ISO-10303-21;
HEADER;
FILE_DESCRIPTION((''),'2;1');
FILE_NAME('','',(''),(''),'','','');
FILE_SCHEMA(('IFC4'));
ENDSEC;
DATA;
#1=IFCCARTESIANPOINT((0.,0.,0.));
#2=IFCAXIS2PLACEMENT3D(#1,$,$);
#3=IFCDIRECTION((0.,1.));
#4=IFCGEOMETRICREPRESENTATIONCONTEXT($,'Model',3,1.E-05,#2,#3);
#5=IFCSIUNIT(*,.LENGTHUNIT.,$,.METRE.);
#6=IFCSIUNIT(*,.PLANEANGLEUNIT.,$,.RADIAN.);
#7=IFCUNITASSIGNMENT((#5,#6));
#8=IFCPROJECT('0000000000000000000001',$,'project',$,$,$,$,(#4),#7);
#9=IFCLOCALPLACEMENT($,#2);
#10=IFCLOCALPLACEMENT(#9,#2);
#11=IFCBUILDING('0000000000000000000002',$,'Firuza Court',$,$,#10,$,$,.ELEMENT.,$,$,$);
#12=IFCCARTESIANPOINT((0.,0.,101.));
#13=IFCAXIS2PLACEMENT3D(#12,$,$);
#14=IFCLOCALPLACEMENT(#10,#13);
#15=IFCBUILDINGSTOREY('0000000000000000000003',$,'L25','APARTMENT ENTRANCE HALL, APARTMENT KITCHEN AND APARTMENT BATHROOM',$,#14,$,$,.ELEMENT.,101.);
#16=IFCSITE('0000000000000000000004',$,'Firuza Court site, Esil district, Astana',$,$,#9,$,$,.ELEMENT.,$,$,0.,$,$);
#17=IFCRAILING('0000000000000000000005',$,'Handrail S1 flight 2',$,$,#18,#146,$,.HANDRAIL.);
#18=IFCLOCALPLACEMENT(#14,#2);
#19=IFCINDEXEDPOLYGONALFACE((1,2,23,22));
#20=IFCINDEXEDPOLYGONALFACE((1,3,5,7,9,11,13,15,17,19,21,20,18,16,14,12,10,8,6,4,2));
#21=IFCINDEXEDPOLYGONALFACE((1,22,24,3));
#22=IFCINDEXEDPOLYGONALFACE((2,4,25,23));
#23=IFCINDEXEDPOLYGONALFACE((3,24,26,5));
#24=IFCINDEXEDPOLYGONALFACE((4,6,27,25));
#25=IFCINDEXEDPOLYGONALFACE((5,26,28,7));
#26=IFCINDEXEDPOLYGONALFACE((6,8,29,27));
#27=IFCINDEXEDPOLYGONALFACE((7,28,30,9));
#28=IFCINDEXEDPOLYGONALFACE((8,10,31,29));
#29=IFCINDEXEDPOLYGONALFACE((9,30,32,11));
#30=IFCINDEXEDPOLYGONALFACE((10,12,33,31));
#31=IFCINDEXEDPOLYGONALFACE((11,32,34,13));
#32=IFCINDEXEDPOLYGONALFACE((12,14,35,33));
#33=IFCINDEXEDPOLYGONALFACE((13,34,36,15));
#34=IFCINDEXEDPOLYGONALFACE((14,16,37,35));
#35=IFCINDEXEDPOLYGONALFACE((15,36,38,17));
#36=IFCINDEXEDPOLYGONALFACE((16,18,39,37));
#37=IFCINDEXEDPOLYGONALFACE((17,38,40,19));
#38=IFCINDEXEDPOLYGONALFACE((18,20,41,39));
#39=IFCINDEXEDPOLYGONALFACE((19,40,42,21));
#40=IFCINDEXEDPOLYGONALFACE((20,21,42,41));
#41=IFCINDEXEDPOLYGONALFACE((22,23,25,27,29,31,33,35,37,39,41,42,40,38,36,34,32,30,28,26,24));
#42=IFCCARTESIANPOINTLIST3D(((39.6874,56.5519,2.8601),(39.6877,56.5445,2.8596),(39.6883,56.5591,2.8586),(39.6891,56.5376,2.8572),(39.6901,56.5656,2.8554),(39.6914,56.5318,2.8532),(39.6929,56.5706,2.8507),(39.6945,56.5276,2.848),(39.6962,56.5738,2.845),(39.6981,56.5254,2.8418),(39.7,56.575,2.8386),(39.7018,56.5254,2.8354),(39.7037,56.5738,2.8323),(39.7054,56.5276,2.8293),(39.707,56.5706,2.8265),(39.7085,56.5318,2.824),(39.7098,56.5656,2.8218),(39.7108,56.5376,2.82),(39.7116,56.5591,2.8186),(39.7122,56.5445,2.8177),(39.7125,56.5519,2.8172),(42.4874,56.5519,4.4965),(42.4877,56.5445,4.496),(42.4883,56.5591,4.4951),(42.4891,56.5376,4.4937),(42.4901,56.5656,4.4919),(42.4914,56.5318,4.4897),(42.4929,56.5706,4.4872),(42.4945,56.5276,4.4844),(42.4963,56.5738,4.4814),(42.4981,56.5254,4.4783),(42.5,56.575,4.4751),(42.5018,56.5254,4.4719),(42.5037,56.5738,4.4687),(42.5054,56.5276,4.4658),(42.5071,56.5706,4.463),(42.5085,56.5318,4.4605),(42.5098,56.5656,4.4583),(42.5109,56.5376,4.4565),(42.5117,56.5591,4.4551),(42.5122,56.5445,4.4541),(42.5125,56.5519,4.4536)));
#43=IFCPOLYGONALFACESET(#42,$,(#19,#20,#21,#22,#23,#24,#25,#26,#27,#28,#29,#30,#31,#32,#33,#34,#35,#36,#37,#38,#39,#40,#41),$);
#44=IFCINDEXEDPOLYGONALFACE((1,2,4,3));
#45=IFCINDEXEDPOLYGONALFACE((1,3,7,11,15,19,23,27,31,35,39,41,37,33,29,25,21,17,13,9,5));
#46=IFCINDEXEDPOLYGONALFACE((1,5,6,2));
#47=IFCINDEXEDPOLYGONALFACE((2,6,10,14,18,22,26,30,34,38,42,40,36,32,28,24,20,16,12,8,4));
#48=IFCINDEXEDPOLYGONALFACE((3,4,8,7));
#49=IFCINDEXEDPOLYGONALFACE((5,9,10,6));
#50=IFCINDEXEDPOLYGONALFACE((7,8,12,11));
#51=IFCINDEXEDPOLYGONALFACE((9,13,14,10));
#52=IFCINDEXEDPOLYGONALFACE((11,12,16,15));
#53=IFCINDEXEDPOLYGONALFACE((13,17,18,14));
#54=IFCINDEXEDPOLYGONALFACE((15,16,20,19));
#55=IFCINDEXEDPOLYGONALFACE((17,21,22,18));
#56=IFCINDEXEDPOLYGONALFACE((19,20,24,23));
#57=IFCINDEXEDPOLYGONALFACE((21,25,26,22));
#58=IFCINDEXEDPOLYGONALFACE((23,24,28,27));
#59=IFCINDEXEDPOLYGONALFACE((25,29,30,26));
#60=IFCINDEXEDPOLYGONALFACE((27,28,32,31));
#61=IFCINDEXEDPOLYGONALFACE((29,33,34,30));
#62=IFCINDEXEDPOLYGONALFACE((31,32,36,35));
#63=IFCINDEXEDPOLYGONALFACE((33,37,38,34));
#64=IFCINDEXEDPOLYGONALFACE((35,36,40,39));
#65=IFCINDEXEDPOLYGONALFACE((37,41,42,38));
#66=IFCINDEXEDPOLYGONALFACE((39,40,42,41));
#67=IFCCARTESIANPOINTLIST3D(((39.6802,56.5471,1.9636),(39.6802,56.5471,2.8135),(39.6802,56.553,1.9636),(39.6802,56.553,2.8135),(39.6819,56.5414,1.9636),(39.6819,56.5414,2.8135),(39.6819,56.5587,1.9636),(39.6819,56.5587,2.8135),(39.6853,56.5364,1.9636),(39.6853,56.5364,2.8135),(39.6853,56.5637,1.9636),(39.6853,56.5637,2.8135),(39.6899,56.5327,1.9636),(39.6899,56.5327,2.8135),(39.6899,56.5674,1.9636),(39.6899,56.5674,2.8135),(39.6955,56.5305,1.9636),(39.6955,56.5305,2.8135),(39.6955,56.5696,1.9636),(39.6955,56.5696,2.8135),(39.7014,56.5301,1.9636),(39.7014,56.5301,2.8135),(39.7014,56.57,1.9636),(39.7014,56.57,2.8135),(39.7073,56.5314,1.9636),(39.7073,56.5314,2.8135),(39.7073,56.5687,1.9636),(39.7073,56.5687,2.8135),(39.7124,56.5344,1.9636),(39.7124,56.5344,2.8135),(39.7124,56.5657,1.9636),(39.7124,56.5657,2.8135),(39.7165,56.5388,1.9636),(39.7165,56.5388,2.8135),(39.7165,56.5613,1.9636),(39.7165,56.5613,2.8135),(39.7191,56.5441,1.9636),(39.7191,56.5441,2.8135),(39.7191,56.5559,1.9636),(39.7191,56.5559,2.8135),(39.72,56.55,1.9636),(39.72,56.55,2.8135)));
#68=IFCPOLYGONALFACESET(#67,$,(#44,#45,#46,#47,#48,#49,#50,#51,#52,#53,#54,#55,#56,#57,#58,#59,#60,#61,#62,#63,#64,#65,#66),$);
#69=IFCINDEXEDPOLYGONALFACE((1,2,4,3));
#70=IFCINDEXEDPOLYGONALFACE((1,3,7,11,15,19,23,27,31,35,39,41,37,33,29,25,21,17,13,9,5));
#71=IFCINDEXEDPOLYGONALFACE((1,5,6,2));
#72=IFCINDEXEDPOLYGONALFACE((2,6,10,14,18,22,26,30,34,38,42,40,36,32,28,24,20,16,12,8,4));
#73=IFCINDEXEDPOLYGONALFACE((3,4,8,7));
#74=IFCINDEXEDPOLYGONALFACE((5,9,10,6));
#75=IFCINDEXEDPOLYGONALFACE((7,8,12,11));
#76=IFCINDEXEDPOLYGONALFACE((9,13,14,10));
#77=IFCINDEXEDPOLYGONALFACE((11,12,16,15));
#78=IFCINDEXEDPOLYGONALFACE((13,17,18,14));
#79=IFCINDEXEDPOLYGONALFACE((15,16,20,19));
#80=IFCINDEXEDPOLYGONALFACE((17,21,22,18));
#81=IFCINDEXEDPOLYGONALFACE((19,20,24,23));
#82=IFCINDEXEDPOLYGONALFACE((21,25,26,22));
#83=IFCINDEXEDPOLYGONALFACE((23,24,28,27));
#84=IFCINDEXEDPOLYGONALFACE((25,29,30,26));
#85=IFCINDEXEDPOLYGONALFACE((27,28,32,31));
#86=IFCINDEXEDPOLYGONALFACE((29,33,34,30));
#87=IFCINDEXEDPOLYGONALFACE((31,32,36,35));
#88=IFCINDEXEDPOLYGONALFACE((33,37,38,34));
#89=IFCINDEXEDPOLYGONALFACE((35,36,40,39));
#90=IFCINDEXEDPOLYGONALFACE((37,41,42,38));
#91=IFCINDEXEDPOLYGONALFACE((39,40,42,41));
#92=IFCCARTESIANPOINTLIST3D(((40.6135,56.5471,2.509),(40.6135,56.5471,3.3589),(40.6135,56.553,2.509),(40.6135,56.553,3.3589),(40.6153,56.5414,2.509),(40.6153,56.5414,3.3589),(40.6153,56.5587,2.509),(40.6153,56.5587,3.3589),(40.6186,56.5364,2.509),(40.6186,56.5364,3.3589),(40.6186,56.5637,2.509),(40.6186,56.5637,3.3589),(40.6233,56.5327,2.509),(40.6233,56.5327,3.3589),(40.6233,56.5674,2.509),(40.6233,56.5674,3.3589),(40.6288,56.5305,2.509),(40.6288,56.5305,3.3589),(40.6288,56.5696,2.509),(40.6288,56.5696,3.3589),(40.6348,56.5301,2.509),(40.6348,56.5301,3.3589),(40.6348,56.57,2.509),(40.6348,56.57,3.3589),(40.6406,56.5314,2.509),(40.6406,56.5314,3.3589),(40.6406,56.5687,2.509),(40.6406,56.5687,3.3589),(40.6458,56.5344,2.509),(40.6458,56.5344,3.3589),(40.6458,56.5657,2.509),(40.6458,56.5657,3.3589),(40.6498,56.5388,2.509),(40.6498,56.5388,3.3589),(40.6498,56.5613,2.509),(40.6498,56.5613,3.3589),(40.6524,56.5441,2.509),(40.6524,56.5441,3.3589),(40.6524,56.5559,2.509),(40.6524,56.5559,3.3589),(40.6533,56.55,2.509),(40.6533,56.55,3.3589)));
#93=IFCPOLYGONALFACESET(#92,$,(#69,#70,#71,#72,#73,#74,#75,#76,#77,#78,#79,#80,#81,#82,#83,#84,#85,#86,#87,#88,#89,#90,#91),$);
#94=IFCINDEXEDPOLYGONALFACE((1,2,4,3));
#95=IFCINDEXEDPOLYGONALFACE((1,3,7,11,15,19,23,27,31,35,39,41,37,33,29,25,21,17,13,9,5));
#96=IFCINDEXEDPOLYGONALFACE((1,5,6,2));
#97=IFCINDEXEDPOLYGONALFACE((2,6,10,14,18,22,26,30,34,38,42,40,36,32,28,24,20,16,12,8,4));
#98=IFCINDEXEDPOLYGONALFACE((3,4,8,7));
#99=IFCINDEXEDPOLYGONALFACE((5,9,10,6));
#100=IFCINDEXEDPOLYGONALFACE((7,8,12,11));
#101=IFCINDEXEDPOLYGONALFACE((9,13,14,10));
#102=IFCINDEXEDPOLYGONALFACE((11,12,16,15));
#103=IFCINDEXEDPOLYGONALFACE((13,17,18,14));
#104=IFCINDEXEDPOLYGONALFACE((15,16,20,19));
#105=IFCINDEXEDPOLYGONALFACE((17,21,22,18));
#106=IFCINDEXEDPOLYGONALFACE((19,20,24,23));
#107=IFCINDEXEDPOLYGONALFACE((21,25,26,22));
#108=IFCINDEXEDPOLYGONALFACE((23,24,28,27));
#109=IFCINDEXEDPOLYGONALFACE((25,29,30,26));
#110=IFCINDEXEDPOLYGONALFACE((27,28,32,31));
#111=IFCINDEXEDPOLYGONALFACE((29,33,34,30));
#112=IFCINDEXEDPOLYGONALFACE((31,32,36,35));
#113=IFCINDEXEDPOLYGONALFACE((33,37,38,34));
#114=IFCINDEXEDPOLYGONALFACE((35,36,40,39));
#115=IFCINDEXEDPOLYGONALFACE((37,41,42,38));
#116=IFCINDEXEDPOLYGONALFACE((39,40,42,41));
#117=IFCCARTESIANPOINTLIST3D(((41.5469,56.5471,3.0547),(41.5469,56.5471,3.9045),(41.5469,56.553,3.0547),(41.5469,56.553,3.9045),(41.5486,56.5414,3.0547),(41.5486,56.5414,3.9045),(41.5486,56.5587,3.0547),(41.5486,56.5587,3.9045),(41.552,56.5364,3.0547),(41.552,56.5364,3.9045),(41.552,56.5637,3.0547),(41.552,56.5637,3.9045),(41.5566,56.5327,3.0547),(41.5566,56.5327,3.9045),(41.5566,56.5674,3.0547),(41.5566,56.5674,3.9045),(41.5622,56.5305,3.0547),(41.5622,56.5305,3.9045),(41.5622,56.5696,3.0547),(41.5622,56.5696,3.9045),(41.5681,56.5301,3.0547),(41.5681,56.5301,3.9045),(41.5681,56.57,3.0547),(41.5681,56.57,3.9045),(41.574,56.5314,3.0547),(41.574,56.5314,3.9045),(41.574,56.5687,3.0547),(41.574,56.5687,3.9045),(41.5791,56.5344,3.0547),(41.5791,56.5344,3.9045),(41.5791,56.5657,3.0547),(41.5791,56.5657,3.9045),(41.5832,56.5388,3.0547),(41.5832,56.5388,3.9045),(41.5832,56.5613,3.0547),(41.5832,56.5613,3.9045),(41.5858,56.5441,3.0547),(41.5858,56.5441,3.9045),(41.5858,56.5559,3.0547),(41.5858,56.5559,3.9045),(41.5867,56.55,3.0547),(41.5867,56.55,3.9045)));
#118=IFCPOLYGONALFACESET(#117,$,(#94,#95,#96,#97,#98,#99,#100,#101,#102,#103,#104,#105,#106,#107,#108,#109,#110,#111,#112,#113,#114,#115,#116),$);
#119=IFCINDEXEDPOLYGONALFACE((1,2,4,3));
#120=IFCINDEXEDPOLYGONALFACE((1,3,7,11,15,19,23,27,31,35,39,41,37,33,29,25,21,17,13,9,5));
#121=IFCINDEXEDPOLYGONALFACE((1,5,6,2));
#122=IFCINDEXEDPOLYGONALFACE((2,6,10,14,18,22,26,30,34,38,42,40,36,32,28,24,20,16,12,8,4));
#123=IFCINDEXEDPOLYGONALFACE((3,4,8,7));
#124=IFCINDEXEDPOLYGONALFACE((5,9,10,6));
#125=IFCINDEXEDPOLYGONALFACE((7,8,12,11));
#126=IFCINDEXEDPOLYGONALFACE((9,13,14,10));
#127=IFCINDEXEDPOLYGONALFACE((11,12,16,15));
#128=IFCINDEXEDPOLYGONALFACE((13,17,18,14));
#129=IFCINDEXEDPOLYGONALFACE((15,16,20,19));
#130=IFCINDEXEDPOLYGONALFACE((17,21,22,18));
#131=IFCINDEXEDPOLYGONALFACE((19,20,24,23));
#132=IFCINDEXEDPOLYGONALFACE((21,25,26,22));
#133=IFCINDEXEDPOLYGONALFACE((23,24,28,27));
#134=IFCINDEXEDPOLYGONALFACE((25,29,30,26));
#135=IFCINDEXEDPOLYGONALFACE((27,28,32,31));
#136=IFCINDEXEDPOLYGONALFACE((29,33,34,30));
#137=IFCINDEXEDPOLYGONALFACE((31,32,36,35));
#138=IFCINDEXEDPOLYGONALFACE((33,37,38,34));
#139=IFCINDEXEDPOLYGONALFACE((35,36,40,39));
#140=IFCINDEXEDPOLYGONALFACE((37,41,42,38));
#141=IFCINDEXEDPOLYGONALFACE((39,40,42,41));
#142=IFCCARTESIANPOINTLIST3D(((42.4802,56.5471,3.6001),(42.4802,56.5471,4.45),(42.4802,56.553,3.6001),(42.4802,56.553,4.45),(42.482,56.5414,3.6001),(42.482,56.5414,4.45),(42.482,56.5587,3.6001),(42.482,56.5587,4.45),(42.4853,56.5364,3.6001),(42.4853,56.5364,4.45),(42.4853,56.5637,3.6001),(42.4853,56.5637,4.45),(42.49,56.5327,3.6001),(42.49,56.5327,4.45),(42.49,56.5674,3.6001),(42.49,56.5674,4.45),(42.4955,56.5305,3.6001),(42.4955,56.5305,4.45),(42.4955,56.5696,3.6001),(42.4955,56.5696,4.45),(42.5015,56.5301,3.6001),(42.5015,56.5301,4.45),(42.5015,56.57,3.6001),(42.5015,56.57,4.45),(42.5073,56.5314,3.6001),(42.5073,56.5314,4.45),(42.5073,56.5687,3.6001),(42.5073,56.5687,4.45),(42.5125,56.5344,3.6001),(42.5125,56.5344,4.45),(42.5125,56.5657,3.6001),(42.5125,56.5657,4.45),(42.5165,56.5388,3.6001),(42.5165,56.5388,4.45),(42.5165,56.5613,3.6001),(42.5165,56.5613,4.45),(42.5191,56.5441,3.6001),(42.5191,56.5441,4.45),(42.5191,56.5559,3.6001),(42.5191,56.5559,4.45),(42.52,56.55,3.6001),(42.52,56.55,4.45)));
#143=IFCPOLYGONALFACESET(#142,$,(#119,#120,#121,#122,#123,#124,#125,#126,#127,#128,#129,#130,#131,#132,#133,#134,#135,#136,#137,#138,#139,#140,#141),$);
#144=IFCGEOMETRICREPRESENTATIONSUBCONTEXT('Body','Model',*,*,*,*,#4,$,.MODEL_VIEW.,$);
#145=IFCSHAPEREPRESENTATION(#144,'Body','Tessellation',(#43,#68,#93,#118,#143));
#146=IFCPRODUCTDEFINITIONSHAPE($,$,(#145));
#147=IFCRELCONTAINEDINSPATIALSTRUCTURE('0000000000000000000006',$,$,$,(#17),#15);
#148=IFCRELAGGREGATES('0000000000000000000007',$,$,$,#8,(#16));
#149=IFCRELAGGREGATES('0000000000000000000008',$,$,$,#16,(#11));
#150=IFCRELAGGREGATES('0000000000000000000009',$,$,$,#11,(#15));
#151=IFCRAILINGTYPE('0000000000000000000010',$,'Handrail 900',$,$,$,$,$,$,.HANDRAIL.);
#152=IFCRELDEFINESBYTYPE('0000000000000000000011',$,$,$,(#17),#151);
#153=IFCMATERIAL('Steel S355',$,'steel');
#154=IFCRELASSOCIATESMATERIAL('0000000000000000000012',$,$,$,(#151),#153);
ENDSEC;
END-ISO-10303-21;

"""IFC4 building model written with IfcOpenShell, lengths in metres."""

from ifc_helpers import new_model, si_unit, direction, frame, origin, origin_2d, place, context, subcontext, project, spatial, circle, extrude, material, type_object, element, save


model = new_model("IFC4")

# Units and contexts
model_context = context("Model", 3, precision=1e-05, world=origin(), true_north=direction((0.0, 1.0)))
body_context = subcontext(model_context, "Body", "Model", "MODEL_VIEW")
ifc_project = project(units=[si_unit("LENGTHUNIT", "METRE"), si_unit("PLANEANGLEUNIT", "RADIAN")], contexts=[model_context])

# Site, building, storey
site_placement = place(None, origin())
site = spatial("IfcSite", under=ifc_project, at=site_placement, Name="Firuza Court site, Esil district, Astana", CompositionType="ELEMENT", RefElevation=0.0)
building_placement = place(site_placement, origin())
building = spatial("IfcBuilding", under=site, at=building_placement, Name="Firuza Court", CompositionType="ELEMENT")
storey_placement = place(building_placement, frame((0.0, 0.0, 101.0)))
storey = spatial("IfcBuildingStorey", under=building, at=storey_placement, Name="L25", Description="APARTMENT ENTRANCE HALL, APARTMENT KITCHEN AND APARTMENT BATHROOM", CompositionType="ELEMENT", Elevation=101.0)

# Railing
ifc_material_1 = material(Name="Steel S355", Category="steel")
railing_type_1 = type_object("IfcRailingType", Name="Handrail 900", PredefinedType="HANDRAIL", material=ifc_material_1)
railing_1_placement = place(storey_placement, frame((39.7, 56.55, 1.9636)))
element("IfcRailing", 1, at=railing_1_placement, inside=storey, type_object=railing_type_1, Name="Handrail S1 flight 2", PredefinedType="HANDRAIL", context=body_context, shape_type="SweptSolid", body=[
    extrude(circle(Radius=0.0249, at=origin_2d()), frame((0.0, 0.0, 0.875), z_axis=(0.863361, 0.0, 0.504587), x_axis=(0.0, 1.0, 0.0)), (0.0, 0.0, 1.0), 3.2432),
    extrude(circle(Radius=0.02, at=origin_2d()), origin(), (0.0, 0.0, 1.0), 0.8499),
    extrude(circle(Radius=0.02, at=origin_2d()), frame((0.9333, 0.0, 0.5454)), (0.0, 0.0, 1.0), 0.8499),
    extrude(circle(Radius=0.02, at=origin_2d()), frame((1.8667, 0.0, 1.0911)), (0.0, 0.0, 1.0), 0.8499),
    extrude(circle(Radius=0.02, at=origin_2d()), frame((2.8, 0.0, 1.6365)), (0.0, 0.0, 1.0), 0.8499),
])

save(model, "model.ifc")
